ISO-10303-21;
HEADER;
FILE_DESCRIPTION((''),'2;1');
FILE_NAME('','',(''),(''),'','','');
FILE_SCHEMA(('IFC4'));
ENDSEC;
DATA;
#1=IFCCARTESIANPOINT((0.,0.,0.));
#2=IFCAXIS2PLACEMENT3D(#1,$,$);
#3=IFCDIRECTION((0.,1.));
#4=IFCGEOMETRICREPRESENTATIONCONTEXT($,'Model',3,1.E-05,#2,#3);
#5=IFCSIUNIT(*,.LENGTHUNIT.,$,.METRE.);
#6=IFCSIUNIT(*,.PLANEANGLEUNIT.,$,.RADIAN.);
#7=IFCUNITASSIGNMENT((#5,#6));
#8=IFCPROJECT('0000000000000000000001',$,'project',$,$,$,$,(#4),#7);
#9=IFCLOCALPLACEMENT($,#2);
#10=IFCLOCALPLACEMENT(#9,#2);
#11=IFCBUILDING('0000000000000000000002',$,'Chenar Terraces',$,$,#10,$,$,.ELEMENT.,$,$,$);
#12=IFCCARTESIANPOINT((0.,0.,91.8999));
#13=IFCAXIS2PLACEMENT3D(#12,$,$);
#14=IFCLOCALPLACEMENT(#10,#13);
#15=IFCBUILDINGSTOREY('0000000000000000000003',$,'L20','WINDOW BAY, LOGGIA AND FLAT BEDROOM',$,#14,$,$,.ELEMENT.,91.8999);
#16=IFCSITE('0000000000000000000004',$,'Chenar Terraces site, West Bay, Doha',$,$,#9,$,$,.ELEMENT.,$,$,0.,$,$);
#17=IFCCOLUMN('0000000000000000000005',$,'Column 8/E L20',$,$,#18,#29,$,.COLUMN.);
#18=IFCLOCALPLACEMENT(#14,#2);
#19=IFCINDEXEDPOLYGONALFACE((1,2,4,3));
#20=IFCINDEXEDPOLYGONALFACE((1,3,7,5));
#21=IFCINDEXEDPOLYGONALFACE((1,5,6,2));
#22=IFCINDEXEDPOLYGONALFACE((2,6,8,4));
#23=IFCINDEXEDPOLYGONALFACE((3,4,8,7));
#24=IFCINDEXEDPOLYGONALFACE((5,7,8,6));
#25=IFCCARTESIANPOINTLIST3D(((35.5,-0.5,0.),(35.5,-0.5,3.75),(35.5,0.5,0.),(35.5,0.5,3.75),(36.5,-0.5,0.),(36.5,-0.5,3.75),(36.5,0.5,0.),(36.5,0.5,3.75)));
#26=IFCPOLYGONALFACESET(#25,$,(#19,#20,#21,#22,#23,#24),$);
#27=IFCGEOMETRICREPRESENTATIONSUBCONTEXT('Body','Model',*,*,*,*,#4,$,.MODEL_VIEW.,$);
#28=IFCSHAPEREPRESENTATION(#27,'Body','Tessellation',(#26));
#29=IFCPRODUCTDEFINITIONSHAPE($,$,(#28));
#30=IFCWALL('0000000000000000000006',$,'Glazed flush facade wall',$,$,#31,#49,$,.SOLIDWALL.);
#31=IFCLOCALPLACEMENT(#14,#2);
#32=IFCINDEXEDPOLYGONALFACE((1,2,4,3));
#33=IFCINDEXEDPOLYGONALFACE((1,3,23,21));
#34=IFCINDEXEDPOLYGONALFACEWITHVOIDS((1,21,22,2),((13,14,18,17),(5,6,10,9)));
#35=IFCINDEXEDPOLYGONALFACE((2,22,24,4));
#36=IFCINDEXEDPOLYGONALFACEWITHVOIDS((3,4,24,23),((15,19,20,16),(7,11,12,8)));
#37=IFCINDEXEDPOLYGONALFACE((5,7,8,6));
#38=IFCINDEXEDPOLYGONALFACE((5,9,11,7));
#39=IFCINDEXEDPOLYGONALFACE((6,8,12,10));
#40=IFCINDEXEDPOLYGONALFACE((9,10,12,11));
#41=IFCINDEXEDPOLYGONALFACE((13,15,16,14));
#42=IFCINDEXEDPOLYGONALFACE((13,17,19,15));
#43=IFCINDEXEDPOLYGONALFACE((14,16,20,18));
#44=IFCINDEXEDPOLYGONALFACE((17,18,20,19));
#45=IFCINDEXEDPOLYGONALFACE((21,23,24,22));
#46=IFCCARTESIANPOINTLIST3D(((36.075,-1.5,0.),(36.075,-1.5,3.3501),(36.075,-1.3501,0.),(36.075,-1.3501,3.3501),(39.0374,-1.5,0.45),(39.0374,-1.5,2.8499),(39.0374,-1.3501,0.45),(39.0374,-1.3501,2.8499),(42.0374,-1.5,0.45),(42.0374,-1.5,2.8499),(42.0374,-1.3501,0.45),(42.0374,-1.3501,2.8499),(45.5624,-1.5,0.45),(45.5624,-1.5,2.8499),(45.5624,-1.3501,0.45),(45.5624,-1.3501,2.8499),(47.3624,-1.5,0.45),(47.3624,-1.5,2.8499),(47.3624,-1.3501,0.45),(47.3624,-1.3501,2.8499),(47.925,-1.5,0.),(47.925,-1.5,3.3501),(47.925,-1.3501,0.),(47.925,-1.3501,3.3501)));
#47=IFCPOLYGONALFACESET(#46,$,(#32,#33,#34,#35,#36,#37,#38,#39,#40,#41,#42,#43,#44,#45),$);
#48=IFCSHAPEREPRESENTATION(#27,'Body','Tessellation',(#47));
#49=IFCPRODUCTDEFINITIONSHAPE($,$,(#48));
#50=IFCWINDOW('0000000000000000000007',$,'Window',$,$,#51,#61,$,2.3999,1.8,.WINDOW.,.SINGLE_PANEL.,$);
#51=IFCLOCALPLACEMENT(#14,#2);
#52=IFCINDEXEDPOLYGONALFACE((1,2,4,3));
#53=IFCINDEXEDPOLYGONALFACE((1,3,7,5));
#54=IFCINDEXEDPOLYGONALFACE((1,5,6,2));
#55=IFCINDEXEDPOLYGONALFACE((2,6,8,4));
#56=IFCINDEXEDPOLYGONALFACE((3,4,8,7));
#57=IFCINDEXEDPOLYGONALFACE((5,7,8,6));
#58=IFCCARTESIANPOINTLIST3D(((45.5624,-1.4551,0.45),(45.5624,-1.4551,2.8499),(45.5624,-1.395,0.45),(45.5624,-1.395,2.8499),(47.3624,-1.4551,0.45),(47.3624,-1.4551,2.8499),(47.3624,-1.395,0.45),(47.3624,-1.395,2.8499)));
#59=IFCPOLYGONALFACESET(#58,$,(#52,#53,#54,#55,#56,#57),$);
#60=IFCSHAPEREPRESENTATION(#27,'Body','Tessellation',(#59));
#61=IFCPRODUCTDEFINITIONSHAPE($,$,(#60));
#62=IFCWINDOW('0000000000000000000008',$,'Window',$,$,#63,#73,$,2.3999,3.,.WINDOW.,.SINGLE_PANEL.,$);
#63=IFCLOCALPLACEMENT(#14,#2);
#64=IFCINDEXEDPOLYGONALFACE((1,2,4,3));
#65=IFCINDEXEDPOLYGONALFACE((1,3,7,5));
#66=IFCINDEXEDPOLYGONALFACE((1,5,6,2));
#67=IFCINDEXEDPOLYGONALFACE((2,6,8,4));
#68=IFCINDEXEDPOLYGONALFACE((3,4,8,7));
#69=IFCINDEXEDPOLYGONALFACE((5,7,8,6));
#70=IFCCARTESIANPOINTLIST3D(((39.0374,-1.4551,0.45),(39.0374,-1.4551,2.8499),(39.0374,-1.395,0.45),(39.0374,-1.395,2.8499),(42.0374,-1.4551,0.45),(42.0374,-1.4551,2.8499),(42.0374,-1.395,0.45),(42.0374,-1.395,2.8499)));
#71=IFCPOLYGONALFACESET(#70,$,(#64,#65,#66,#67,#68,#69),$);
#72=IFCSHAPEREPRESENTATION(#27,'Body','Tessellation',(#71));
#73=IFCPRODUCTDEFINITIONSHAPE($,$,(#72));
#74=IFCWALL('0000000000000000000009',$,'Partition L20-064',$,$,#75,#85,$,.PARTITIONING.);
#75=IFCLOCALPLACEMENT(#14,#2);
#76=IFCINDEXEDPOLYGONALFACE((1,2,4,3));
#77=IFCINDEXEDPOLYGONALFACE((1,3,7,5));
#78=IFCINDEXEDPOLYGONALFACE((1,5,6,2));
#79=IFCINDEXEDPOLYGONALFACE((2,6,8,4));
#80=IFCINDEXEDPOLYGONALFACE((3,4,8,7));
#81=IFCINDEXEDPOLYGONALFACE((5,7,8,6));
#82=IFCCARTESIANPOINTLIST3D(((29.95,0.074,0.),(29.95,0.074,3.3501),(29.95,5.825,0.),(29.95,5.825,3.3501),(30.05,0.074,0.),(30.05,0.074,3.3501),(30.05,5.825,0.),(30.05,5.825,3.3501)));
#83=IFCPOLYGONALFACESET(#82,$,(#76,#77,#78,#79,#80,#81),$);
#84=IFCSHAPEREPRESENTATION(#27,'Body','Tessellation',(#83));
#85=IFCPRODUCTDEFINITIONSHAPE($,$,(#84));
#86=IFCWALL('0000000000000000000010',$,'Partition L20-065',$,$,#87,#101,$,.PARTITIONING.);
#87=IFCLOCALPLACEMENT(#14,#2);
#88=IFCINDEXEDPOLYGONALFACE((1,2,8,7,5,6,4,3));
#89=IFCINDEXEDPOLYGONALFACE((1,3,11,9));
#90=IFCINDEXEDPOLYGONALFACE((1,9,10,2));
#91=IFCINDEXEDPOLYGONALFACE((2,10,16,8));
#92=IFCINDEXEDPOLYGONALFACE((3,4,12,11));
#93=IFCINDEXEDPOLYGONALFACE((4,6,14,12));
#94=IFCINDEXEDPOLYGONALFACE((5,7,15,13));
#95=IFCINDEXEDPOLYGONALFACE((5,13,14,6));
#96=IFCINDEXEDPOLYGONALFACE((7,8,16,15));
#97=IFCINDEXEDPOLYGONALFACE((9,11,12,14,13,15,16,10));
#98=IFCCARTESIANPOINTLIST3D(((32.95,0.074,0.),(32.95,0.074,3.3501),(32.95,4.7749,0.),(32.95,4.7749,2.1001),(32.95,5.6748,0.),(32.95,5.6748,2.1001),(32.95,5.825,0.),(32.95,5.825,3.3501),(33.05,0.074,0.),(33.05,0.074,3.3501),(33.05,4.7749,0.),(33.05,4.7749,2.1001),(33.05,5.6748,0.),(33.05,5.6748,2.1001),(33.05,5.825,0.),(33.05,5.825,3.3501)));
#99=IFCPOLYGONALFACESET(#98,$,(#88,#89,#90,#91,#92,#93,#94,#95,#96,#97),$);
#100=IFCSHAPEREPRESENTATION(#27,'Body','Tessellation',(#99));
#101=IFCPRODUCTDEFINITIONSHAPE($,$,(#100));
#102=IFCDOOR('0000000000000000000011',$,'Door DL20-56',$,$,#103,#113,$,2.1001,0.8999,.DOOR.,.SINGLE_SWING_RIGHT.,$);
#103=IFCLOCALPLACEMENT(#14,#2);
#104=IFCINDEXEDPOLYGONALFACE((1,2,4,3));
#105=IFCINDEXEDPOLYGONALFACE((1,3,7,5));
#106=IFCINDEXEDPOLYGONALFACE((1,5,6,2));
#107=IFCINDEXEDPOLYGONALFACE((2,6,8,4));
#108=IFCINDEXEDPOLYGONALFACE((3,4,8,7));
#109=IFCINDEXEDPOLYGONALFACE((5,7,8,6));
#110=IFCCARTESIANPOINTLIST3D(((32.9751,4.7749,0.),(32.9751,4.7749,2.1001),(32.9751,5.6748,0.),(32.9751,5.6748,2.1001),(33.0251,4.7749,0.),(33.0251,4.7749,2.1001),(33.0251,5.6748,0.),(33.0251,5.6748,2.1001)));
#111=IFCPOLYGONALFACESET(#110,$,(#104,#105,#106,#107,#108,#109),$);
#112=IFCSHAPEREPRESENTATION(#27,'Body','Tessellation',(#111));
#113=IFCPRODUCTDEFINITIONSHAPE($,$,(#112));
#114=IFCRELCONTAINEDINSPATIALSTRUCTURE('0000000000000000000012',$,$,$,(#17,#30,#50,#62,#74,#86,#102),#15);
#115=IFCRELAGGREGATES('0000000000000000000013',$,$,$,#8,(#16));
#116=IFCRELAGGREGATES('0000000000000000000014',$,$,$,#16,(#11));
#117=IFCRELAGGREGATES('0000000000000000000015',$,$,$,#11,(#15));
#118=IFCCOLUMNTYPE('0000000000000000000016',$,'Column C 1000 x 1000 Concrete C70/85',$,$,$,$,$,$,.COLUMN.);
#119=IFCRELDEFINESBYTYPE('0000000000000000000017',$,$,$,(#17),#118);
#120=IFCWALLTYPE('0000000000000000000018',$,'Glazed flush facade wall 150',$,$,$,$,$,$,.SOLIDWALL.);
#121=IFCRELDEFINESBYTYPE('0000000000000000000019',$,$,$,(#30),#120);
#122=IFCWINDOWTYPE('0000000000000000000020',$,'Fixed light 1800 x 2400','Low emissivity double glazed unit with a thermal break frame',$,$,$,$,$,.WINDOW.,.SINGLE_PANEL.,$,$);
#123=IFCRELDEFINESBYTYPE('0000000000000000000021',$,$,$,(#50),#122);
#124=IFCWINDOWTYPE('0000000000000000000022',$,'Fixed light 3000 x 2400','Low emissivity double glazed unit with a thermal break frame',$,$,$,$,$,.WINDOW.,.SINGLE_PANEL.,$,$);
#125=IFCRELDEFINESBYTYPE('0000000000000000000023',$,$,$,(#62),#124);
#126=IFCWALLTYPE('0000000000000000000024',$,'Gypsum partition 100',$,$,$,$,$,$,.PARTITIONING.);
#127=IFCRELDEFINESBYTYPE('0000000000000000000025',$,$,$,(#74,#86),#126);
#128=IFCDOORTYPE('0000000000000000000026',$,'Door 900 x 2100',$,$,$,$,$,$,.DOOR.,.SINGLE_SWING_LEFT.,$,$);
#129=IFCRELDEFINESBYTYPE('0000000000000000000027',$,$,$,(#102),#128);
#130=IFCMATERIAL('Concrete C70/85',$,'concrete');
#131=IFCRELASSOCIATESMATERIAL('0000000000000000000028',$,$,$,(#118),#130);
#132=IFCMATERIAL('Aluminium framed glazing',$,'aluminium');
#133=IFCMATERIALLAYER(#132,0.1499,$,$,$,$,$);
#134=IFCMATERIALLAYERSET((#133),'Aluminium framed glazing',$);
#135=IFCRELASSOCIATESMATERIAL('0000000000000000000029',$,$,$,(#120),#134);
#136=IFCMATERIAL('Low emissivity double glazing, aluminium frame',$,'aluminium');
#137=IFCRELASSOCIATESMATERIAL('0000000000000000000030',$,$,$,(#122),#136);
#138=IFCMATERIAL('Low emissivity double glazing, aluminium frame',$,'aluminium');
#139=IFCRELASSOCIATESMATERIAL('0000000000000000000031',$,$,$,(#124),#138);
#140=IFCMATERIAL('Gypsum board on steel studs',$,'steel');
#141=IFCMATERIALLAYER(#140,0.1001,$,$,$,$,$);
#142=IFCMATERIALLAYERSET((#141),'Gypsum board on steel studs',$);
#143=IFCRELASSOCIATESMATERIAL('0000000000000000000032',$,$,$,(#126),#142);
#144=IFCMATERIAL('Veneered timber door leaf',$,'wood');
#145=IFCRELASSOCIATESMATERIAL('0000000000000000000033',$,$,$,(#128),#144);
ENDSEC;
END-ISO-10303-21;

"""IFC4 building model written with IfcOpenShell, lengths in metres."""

from ifc_helpers import new_model, si_unit, direction, frame, frame_2d, origin, origin_2d, place, context, subcontext, project, spatial, rectangle, extrude, material, layer, layer_set, material_profile, profile_set, type_object, element, fill, save


model = new_model("IFC4")

# Units and contexts
model_context = context("Model", 3, precision=1e-05, world=origin(), true_north=direction((0.0, 1.0)))
body_context = subcontext(model_context, "Body", "Model", "MODEL_VIEW")
ifc_project = project(units=[si_unit("LENGTHUNIT", "METRE"), si_unit("PLANEANGLEUNIT", "RADIAN")], contexts=[model_context])

# Site, building, storey
site_placement = place(None, origin())
site = spatial("IfcSite", under=ifc_project, at=site_placement, Name="Chenar Terraces site, West Bay, Doha", CompositionType="ELEMENT", RefElevation=0.0)
building_placement = place(site_placement, origin())
building = spatial("IfcBuilding", under=site, at=building_placement, Name="Chenar Terraces", CompositionType="ELEMENT")
storey_placement = place(building_placement, frame((0.0, 0.0, 91.8999)))
storey = spatial("IfcBuildingStorey", under=building, at=storey_placement, Name="L20", Description="WINDOW BAY, LOGGIA AND FLAT BEDROOM", CompositionType="ELEMENT", Elevation=91.8999)

# Column
ifc_material_1 = material(Name="Concrete C70/85", Category="concrete")
ifc_material_profile_1 = material_profile(ifc_material_1, rectangle(XDim=1.0, YDim=1.0, at=origin_2d()), Name="C 1000 x 1000")
ifc_profile_set_1 = profile_set([ifc_material_profile_1], Name="Concrete C70/85")
column_type = type_object("IfcColumnType", Name="Column C 1000 x 1000 Concrete C70/85", PredefinedType="COLUMN", material=ifc_profile_set_1)
column_placement = place(storey_placement, frame((36.0, 0.0, 0.0), z_axis=(0.0, 0.0, 1.0), x_axis=(1.0, 0.0, 0.0)))
element("IfcColumn", 1, at=column_placement, inside=storey, type_object=column_type, Name="Column 8/E L20", PredefinedType="COLUMN", context=body_context, shape_type="SweptSolid", body=[
    extrude(rectangle(XDim=1.0, YDim=1.0, at=origin_2d()), origin(), (0.0, 0.0, 1.0), 3.75),
])

# Wall, openings, windows
ifc_material_2 = material(Name="Aluminium framed glazing", Category="aluminium")
ifc_layer_1 = layer(ifc_material_2, 0.1499)
ifc_layer_set_1 = layer_set([ifc_layer_1], Name="Aluminium framed glazing")
wall_type_1 = type_object("IfcWallType", Name="Glazed flush facade wall 150", PredefinedType="SOLIDWALL", material=ifc_layer_set_1)
wall_1_placement = place(storey_placement, frame((36.075, -1.425, 0.0), z_axis=(0.0, 0.0, 1.0), x_axis=(1.0, 0.0, 0.0)))
wall_1 = element("IfcWall", 2, at=wall_1_placement, inside=storey, type_object=wall_type_1, Name="Glazed flush facade wall", PredefinedType="SOLIDWALL", context=body_context, shape_type="SweptSolid", body=[
    extrude(rectangle(XDim=11.8501, YDim=0.1499, at=frame_2d((5.925, 0.0))), origin(), (0.0, 0.0, 1.0), 3.3501),
])
opening_1_placement = place(wall_1_placement, frame((2.9624, 0.0, 0.45)))
opening_1 = element("IfcOpeningElement", 3, at=opening_1_placement, cuts=wall_1, PredefinedType="OPENING", context=body_context, shape_type="SweptSolid", body=[
    extrude(rectangle(XDim=3.0, YDim=2.3999, at=frame_2d((1.5, 1.2))), frame((0.0, 0.085, 0.0), z_axis=(0.0, -1.0, 0.0), x_axis=(1.0, 0.0, 0.0)), (0.0, 0.0, 1.0), 0.1699),
])
opening_2_placement = place(wall_1_placement, frame((9.4875, 0.0, 0.45)))
opening_2 = element("IfcOpeningElement", 4, at=opening_2_placement, cuts=wall_1, PredefinedType="OPENING", context=body_context, shape_type="SweptSolid", body=[
    extrude(rectangle(XDim=1.8, YDim=2.3999, at=frame_2d((0.8999, 1.2))), frame((0.0, 0.085, 0.0), z_axis=(0.0, -1.0, 0.0), x_axis=(1.0, 0.0, 0.0)), (0.0, 0.0, 1.0), 0.1699),
])
ifc_material_3 = material(Name="Low emissivity double glazing, aluminium frame", Category="aluminium")
window_type_1 = type_object("IfcWindowType", Name="Fixed light 1800 x 2400", Description="Low emissivity double glazed unit with a thermal break frame", PartitioningType="SINGLE_PANEL", PredefinedType="WINDOW", material=ifc_material_3)
window_1_placement = place(opening_2_placement, origin())
window_1 = element("IfcWindow", 5, at=window_1_placement, inside=storey, type_object=window_type_1, Name="Window", OverallHeight=2.3999, OverallWidth=1.8, PartitioningType="SINGLE_PANEL", PredefinedType="WINDOW", context=body_context, shape_type="SweptSolid", body=[
    extrude(rectangle(XDim=1.8, YDim=2.3999, at=frame_2d((0.8999, 1.2))), frame((0.0, 0.03, 0.0), z_axis=(0.0, -1.0, 0.0), x_axis=(1.0, 0.0, 0.0)), (0.0, 0.0, 1.0), 0.0601),
])
fill(opening_2, window_1)
ifc_material_4 = material(Name="Low emissivity double glazing, aluminium frame", Category="aluminium")
window_type_2 = type_object("IfcWindowType", Name="Fixed light 3000 x 2400", Description="Low emissivity double glazed unit with a thermal break frame", PartitioningType="SINGLE_PANEL", PredefinedType="WINDOW", material=ifc_material_4)
window_2_placement = place(opening_1_placement, origin())
window_2 = element("IfcWindow", 6, at=window_2_placement, inside=storey, type_object=window_type_2, Name="Window", OverallHeight=2.3999, OverallWidth=3.0, PartitioningType="SINGLE_PANEL", PredefinedType="WINDOW", context=body_context, shape_type="SweptSolid", body=[
    extrude(rectangle(XDim=3.0, YDim=2.3999, at=frame_2d((1.5, 1.2))), frame((0.0, 0.03, 0.0), z_axis=(0.0, -1.0, 0.0), x_axis=(1.0, 0.0, 0.0)), (0.0, 0.0, 1.0), 0.0601),
])
fill(opening_1, window_2)

# Wall
ifc_material_5 = material(Name="Gypsum board on steel studs", Category="steel")
ifc_layer_2 = layer(ifc_material_5, 0.1001)
ifc_layer_set_2 = layer_set([ifc_layer_2], Name="Gypsum board on steel studs")
wall_type_2 = type_object("IfcWallType", Name="Gypsum partition 100", PredefinedType="PARTITIONING", material=ifc_layer_set_2)
wall_2_placement = place(storey_placement, frame((30.0, 0.074, 0.0), z_axis=(0.0, 0.0, 1.0), x_axis=(0.0, 1.0, 0.0)))
element("IfcWall", 7, at=wall_2_placement, inside=storey, type_object=wall_type_2, Name="Partition L20-064", PredefinedType="PARTITIONING", context=body_context, shape_type="SweptSolid", body=[
    extrude(rectangle(XDim=5.751, YDim=0.1001, at=frame_2d((2.8755, 0.0))), origin(), (0.0, 0.0, 1.0), 3.3501),
])

# Wall, opening, door
wall_3_placement = place(storey_placement, frame((33.0, 0.074, 0.0), z_axis=(0.0, 0.0, 1.0), x_axis=(0.0, 1.0, 0.0)))
wall_3 = element("IfcWall", 8, at=wall_3_placement, inside=storey, type_object=wall_type_2, Name="Partition L20-065", PredefinedType="PARTITIONING", context=body_context, shape_type="SweptSolid", body=[
    extrude(rectangle(XDim=5.751, YDim=0.1001, at=frame_2d((2.8755, 0.0))), origin(), (0.0, 0.0, 1.0), 3.3501),
])
opening_3_placement = place(wall_3_placement, frame((4.7009, 0.0, 0.0)))
opening_3 = element("IfcOpeningElement", 9, at=opening_3_placement, cuts=wall_3, PredefinedType="OPENING", context=body_context, shape_type="SweptSolid", body=[
    extrude(rectangle(XDim=0.8999, YDim=2.1001, at=frame_2d((0.45, 1.05))), frame((0.0, 0.0601, 0.0), z_axis=(0.0, -1.0, 0.0), x_axis=(1.0, 0.0, 0.0)), (0.0, 0.0, 1.0), 0.1201),
])
ifc_material_6 = material(Name="Veneered timber door leaf", Category="wood")
door_type_1 = type_object("IfcDoorType", Name="Door 900 x 2100", OperationType="SINGLE_SWING_LEFT", PredefinedType="DOOR", material=ifc_material_6)
door_1_placement = place(opening_3_placement, origin())
door_1 = element("IfcDoor", 10, at=door_1_placement, inside=storey, type_object=door_type_1, Name="Door DL20-56", OperationType="SINGLE_SWING_RIGHT", OverallHeight=2.1001, OverallWidth=0.8999, PredefinedType="DOOR", context=body_context, shape_type="SweptSolid", body=[
    extrude(rectangle(XDim=0.8999, YDim=2.1001, at=frame_2d((0.45, 1.05))), frame((0.0, 0.0249, 0.0), z_axis=(0.0, -1.0, 0.0), x_axis=(1.0, 0.0, 0.0)), (0.0, 0.0, 1.0), 0.05),
])
fill(opening_3, door_1)

save(model, "model.ifc")
